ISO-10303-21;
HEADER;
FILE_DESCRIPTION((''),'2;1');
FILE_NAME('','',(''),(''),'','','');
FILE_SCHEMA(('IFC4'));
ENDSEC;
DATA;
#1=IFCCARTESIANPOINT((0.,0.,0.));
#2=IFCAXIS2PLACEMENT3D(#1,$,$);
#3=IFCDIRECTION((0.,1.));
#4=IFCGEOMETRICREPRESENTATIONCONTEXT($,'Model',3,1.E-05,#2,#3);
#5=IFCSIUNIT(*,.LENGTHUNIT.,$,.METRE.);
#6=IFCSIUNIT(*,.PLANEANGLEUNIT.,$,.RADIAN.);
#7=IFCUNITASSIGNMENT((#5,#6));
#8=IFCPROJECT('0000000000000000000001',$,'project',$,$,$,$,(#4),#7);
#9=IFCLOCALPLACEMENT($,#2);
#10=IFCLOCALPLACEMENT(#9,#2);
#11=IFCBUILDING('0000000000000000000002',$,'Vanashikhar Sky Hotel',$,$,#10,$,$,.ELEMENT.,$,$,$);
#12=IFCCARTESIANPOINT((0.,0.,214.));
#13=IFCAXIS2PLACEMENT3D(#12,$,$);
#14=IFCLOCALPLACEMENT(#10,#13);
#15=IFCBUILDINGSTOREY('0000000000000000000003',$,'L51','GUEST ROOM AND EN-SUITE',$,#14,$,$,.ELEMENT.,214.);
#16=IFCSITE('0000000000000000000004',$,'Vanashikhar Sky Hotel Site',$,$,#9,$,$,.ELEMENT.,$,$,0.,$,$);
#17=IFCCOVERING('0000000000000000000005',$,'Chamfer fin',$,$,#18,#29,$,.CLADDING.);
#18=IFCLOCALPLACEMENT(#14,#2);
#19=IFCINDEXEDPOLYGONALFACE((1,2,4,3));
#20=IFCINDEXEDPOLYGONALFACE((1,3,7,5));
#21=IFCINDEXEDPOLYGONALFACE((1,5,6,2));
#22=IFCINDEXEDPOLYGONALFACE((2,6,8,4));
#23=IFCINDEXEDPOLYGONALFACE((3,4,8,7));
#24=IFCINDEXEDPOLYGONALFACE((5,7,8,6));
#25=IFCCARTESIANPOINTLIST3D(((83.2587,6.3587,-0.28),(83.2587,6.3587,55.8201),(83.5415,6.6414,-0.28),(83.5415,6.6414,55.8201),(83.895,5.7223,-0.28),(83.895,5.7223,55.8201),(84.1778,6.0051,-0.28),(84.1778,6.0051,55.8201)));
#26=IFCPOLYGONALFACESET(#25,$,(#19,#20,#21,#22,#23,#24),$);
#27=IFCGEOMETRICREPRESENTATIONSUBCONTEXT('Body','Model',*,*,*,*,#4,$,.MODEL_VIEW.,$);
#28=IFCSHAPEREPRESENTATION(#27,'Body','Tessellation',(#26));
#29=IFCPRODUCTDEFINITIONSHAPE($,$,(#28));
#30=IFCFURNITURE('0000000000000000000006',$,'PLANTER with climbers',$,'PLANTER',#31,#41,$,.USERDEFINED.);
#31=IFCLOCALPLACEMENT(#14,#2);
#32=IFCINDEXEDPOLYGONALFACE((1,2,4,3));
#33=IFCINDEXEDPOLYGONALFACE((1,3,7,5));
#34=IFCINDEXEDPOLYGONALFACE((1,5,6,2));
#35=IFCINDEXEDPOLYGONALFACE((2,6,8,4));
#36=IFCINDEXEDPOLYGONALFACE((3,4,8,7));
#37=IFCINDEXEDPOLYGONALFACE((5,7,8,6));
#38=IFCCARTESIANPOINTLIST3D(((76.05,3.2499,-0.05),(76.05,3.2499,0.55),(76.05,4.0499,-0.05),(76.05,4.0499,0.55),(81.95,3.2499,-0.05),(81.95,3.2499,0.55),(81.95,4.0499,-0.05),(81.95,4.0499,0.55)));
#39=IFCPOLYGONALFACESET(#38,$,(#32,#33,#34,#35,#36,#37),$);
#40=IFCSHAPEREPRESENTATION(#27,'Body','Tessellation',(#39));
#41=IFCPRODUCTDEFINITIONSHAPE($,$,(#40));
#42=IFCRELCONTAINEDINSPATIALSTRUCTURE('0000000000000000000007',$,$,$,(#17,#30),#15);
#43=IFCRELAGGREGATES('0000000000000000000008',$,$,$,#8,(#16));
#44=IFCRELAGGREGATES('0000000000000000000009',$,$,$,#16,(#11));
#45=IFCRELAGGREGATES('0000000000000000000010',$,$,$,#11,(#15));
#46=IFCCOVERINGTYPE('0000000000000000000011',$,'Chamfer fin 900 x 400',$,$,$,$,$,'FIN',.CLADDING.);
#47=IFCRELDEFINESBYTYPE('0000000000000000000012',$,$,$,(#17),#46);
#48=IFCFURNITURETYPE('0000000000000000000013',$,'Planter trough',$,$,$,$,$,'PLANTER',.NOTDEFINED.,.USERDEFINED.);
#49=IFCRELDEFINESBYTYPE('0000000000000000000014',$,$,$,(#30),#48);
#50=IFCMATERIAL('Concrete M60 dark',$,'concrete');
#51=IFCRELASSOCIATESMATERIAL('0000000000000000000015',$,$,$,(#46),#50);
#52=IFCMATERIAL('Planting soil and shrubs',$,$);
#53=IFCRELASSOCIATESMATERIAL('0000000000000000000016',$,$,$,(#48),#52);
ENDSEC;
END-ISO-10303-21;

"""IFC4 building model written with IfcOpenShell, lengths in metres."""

from ifc_helpers import new_model, si_unit, direction, frame, origin, origin_2d, place, context, subcontext, project, spatial, rectangle, extrude, source, transform, mapped, material, material_profile, profile_set, type_object, element, save


model = new_model("IFC4")

# Units and contexts
model_context = context("Model", 3, precision=1e-05, world=origin(), true_north=direction((0.0, 1.0)))
body_context = subcontext(model_context, "Body", "Model", "MODEL_VIEW")
ifc_project = project(units=[si_unit("LENGTHUNIT", "METRE"), si_unit("PLANEANGLEUNIT", "RADIAN")], contexts=[model_context])

# Site, building, storey
site_placement = place(None, origin())
site = spatial("IfcSite", under=ifc_project, at=site_placement, Name="Vanashikhar Sky Hotel Site", CompositionType="ELEMENT", RefElevation=0.0)
building_placement = place(site_placement, origin())
building = spatial("IfcBuilding", under=site, at=building_placement, Name="Vanashikhar Sky Hotel", CompositionType="ELEMENT")
storey_placement = place(building_placement, frame((0.0, 0.0, 214.0)))
storey = spatial("IfcBuildingStorey", under=building, at=storey_placement, Name="L51", Description="GUEST ROOM AND EN-SUITE", CompositionType="ELEMENT", Elevation=214.0)

# Covering
ifc_material_1 = material(Name="Concrete M60 dark", Category="concrete")
ifc_material_profile_1 = material_profile(ifc_material_1, rectangle(XDim=0.8999, YDim=0.3999, at=origin_2d()))
ifc_profile_set_1 = profile_set([ifc_material_profile_1], Name="Chamfer fin 900 x 400")
covering_type_1 = type_object("IfcCoveringType", Name="Chamfer fin 900 x 400", ElementType="FIN", PredefinedType="CLADDING", material=ifc_profile_set_1)
shared_shape_1 = source(origin(), body_context, "Body", "SweptSolid", [
    extrude(rectangle(XDim=0.8999, YDim=0.3999, at=origin_2d()), origin(), (0.0, 0.0, 1.0), 56.1001),
])
covering_placement = place(storey_placement, frame((83.7183, 6.1819, -0.28), z_axis=(0.0, 0.0, 1.0), x_axis=(0.707107, -0.707107, 0.0)))
element("IfcCovering", 1, at=covering_placement, inside=storey, type_object=covering_type_1, Name="Chamfer fin", PredefinedType="CLADDING", context=body_context, shape_type="MappedRepresentation", body=[
    mapped(shared_shape_1, transform((0.0, 0.0, 0.0), scale=1.0)),
])

# Furniture
ifc_material_2 = material(Name="Planting soil and shrubs")
furniture_type = type_object("IfcFurnitureType", Name="Planter trough", ElementType="PLANTER", AssemblyPlace="NOTDEFINED", PredefinedType="USERDEFINED", material=ifc_material_2)
shared_shape_2 = source(origin(), body_context, "Body", "SweptSolid", [
    extrude(rectangle(XDim=5.8999, YDim=0.8, at=origin_2d()), origin(), (0.0, 0.0, 1.0), 0.6001),
])
furniture_placement = place(storey_placement, frame((79.0, 3.6499, -0.05), z_axis=(0.0, 0.0, 1.0), x_axis=(1.0, 0.0, 0.0)))
element("IfcFurniture", 2, at=furniture_placement, inside=storey, type_object=furniture_type, Name="PLANTER with climbers", ObjectType="PLANTER", PredefinedType="USERDEFINED", context=body_context, shape_type="MappedRepresentation", body=[
    mapped(shared_shape_2, transform((0.0, 0.0, 0.0), scale=1.0)),
])

save(model, "model.ifc")
